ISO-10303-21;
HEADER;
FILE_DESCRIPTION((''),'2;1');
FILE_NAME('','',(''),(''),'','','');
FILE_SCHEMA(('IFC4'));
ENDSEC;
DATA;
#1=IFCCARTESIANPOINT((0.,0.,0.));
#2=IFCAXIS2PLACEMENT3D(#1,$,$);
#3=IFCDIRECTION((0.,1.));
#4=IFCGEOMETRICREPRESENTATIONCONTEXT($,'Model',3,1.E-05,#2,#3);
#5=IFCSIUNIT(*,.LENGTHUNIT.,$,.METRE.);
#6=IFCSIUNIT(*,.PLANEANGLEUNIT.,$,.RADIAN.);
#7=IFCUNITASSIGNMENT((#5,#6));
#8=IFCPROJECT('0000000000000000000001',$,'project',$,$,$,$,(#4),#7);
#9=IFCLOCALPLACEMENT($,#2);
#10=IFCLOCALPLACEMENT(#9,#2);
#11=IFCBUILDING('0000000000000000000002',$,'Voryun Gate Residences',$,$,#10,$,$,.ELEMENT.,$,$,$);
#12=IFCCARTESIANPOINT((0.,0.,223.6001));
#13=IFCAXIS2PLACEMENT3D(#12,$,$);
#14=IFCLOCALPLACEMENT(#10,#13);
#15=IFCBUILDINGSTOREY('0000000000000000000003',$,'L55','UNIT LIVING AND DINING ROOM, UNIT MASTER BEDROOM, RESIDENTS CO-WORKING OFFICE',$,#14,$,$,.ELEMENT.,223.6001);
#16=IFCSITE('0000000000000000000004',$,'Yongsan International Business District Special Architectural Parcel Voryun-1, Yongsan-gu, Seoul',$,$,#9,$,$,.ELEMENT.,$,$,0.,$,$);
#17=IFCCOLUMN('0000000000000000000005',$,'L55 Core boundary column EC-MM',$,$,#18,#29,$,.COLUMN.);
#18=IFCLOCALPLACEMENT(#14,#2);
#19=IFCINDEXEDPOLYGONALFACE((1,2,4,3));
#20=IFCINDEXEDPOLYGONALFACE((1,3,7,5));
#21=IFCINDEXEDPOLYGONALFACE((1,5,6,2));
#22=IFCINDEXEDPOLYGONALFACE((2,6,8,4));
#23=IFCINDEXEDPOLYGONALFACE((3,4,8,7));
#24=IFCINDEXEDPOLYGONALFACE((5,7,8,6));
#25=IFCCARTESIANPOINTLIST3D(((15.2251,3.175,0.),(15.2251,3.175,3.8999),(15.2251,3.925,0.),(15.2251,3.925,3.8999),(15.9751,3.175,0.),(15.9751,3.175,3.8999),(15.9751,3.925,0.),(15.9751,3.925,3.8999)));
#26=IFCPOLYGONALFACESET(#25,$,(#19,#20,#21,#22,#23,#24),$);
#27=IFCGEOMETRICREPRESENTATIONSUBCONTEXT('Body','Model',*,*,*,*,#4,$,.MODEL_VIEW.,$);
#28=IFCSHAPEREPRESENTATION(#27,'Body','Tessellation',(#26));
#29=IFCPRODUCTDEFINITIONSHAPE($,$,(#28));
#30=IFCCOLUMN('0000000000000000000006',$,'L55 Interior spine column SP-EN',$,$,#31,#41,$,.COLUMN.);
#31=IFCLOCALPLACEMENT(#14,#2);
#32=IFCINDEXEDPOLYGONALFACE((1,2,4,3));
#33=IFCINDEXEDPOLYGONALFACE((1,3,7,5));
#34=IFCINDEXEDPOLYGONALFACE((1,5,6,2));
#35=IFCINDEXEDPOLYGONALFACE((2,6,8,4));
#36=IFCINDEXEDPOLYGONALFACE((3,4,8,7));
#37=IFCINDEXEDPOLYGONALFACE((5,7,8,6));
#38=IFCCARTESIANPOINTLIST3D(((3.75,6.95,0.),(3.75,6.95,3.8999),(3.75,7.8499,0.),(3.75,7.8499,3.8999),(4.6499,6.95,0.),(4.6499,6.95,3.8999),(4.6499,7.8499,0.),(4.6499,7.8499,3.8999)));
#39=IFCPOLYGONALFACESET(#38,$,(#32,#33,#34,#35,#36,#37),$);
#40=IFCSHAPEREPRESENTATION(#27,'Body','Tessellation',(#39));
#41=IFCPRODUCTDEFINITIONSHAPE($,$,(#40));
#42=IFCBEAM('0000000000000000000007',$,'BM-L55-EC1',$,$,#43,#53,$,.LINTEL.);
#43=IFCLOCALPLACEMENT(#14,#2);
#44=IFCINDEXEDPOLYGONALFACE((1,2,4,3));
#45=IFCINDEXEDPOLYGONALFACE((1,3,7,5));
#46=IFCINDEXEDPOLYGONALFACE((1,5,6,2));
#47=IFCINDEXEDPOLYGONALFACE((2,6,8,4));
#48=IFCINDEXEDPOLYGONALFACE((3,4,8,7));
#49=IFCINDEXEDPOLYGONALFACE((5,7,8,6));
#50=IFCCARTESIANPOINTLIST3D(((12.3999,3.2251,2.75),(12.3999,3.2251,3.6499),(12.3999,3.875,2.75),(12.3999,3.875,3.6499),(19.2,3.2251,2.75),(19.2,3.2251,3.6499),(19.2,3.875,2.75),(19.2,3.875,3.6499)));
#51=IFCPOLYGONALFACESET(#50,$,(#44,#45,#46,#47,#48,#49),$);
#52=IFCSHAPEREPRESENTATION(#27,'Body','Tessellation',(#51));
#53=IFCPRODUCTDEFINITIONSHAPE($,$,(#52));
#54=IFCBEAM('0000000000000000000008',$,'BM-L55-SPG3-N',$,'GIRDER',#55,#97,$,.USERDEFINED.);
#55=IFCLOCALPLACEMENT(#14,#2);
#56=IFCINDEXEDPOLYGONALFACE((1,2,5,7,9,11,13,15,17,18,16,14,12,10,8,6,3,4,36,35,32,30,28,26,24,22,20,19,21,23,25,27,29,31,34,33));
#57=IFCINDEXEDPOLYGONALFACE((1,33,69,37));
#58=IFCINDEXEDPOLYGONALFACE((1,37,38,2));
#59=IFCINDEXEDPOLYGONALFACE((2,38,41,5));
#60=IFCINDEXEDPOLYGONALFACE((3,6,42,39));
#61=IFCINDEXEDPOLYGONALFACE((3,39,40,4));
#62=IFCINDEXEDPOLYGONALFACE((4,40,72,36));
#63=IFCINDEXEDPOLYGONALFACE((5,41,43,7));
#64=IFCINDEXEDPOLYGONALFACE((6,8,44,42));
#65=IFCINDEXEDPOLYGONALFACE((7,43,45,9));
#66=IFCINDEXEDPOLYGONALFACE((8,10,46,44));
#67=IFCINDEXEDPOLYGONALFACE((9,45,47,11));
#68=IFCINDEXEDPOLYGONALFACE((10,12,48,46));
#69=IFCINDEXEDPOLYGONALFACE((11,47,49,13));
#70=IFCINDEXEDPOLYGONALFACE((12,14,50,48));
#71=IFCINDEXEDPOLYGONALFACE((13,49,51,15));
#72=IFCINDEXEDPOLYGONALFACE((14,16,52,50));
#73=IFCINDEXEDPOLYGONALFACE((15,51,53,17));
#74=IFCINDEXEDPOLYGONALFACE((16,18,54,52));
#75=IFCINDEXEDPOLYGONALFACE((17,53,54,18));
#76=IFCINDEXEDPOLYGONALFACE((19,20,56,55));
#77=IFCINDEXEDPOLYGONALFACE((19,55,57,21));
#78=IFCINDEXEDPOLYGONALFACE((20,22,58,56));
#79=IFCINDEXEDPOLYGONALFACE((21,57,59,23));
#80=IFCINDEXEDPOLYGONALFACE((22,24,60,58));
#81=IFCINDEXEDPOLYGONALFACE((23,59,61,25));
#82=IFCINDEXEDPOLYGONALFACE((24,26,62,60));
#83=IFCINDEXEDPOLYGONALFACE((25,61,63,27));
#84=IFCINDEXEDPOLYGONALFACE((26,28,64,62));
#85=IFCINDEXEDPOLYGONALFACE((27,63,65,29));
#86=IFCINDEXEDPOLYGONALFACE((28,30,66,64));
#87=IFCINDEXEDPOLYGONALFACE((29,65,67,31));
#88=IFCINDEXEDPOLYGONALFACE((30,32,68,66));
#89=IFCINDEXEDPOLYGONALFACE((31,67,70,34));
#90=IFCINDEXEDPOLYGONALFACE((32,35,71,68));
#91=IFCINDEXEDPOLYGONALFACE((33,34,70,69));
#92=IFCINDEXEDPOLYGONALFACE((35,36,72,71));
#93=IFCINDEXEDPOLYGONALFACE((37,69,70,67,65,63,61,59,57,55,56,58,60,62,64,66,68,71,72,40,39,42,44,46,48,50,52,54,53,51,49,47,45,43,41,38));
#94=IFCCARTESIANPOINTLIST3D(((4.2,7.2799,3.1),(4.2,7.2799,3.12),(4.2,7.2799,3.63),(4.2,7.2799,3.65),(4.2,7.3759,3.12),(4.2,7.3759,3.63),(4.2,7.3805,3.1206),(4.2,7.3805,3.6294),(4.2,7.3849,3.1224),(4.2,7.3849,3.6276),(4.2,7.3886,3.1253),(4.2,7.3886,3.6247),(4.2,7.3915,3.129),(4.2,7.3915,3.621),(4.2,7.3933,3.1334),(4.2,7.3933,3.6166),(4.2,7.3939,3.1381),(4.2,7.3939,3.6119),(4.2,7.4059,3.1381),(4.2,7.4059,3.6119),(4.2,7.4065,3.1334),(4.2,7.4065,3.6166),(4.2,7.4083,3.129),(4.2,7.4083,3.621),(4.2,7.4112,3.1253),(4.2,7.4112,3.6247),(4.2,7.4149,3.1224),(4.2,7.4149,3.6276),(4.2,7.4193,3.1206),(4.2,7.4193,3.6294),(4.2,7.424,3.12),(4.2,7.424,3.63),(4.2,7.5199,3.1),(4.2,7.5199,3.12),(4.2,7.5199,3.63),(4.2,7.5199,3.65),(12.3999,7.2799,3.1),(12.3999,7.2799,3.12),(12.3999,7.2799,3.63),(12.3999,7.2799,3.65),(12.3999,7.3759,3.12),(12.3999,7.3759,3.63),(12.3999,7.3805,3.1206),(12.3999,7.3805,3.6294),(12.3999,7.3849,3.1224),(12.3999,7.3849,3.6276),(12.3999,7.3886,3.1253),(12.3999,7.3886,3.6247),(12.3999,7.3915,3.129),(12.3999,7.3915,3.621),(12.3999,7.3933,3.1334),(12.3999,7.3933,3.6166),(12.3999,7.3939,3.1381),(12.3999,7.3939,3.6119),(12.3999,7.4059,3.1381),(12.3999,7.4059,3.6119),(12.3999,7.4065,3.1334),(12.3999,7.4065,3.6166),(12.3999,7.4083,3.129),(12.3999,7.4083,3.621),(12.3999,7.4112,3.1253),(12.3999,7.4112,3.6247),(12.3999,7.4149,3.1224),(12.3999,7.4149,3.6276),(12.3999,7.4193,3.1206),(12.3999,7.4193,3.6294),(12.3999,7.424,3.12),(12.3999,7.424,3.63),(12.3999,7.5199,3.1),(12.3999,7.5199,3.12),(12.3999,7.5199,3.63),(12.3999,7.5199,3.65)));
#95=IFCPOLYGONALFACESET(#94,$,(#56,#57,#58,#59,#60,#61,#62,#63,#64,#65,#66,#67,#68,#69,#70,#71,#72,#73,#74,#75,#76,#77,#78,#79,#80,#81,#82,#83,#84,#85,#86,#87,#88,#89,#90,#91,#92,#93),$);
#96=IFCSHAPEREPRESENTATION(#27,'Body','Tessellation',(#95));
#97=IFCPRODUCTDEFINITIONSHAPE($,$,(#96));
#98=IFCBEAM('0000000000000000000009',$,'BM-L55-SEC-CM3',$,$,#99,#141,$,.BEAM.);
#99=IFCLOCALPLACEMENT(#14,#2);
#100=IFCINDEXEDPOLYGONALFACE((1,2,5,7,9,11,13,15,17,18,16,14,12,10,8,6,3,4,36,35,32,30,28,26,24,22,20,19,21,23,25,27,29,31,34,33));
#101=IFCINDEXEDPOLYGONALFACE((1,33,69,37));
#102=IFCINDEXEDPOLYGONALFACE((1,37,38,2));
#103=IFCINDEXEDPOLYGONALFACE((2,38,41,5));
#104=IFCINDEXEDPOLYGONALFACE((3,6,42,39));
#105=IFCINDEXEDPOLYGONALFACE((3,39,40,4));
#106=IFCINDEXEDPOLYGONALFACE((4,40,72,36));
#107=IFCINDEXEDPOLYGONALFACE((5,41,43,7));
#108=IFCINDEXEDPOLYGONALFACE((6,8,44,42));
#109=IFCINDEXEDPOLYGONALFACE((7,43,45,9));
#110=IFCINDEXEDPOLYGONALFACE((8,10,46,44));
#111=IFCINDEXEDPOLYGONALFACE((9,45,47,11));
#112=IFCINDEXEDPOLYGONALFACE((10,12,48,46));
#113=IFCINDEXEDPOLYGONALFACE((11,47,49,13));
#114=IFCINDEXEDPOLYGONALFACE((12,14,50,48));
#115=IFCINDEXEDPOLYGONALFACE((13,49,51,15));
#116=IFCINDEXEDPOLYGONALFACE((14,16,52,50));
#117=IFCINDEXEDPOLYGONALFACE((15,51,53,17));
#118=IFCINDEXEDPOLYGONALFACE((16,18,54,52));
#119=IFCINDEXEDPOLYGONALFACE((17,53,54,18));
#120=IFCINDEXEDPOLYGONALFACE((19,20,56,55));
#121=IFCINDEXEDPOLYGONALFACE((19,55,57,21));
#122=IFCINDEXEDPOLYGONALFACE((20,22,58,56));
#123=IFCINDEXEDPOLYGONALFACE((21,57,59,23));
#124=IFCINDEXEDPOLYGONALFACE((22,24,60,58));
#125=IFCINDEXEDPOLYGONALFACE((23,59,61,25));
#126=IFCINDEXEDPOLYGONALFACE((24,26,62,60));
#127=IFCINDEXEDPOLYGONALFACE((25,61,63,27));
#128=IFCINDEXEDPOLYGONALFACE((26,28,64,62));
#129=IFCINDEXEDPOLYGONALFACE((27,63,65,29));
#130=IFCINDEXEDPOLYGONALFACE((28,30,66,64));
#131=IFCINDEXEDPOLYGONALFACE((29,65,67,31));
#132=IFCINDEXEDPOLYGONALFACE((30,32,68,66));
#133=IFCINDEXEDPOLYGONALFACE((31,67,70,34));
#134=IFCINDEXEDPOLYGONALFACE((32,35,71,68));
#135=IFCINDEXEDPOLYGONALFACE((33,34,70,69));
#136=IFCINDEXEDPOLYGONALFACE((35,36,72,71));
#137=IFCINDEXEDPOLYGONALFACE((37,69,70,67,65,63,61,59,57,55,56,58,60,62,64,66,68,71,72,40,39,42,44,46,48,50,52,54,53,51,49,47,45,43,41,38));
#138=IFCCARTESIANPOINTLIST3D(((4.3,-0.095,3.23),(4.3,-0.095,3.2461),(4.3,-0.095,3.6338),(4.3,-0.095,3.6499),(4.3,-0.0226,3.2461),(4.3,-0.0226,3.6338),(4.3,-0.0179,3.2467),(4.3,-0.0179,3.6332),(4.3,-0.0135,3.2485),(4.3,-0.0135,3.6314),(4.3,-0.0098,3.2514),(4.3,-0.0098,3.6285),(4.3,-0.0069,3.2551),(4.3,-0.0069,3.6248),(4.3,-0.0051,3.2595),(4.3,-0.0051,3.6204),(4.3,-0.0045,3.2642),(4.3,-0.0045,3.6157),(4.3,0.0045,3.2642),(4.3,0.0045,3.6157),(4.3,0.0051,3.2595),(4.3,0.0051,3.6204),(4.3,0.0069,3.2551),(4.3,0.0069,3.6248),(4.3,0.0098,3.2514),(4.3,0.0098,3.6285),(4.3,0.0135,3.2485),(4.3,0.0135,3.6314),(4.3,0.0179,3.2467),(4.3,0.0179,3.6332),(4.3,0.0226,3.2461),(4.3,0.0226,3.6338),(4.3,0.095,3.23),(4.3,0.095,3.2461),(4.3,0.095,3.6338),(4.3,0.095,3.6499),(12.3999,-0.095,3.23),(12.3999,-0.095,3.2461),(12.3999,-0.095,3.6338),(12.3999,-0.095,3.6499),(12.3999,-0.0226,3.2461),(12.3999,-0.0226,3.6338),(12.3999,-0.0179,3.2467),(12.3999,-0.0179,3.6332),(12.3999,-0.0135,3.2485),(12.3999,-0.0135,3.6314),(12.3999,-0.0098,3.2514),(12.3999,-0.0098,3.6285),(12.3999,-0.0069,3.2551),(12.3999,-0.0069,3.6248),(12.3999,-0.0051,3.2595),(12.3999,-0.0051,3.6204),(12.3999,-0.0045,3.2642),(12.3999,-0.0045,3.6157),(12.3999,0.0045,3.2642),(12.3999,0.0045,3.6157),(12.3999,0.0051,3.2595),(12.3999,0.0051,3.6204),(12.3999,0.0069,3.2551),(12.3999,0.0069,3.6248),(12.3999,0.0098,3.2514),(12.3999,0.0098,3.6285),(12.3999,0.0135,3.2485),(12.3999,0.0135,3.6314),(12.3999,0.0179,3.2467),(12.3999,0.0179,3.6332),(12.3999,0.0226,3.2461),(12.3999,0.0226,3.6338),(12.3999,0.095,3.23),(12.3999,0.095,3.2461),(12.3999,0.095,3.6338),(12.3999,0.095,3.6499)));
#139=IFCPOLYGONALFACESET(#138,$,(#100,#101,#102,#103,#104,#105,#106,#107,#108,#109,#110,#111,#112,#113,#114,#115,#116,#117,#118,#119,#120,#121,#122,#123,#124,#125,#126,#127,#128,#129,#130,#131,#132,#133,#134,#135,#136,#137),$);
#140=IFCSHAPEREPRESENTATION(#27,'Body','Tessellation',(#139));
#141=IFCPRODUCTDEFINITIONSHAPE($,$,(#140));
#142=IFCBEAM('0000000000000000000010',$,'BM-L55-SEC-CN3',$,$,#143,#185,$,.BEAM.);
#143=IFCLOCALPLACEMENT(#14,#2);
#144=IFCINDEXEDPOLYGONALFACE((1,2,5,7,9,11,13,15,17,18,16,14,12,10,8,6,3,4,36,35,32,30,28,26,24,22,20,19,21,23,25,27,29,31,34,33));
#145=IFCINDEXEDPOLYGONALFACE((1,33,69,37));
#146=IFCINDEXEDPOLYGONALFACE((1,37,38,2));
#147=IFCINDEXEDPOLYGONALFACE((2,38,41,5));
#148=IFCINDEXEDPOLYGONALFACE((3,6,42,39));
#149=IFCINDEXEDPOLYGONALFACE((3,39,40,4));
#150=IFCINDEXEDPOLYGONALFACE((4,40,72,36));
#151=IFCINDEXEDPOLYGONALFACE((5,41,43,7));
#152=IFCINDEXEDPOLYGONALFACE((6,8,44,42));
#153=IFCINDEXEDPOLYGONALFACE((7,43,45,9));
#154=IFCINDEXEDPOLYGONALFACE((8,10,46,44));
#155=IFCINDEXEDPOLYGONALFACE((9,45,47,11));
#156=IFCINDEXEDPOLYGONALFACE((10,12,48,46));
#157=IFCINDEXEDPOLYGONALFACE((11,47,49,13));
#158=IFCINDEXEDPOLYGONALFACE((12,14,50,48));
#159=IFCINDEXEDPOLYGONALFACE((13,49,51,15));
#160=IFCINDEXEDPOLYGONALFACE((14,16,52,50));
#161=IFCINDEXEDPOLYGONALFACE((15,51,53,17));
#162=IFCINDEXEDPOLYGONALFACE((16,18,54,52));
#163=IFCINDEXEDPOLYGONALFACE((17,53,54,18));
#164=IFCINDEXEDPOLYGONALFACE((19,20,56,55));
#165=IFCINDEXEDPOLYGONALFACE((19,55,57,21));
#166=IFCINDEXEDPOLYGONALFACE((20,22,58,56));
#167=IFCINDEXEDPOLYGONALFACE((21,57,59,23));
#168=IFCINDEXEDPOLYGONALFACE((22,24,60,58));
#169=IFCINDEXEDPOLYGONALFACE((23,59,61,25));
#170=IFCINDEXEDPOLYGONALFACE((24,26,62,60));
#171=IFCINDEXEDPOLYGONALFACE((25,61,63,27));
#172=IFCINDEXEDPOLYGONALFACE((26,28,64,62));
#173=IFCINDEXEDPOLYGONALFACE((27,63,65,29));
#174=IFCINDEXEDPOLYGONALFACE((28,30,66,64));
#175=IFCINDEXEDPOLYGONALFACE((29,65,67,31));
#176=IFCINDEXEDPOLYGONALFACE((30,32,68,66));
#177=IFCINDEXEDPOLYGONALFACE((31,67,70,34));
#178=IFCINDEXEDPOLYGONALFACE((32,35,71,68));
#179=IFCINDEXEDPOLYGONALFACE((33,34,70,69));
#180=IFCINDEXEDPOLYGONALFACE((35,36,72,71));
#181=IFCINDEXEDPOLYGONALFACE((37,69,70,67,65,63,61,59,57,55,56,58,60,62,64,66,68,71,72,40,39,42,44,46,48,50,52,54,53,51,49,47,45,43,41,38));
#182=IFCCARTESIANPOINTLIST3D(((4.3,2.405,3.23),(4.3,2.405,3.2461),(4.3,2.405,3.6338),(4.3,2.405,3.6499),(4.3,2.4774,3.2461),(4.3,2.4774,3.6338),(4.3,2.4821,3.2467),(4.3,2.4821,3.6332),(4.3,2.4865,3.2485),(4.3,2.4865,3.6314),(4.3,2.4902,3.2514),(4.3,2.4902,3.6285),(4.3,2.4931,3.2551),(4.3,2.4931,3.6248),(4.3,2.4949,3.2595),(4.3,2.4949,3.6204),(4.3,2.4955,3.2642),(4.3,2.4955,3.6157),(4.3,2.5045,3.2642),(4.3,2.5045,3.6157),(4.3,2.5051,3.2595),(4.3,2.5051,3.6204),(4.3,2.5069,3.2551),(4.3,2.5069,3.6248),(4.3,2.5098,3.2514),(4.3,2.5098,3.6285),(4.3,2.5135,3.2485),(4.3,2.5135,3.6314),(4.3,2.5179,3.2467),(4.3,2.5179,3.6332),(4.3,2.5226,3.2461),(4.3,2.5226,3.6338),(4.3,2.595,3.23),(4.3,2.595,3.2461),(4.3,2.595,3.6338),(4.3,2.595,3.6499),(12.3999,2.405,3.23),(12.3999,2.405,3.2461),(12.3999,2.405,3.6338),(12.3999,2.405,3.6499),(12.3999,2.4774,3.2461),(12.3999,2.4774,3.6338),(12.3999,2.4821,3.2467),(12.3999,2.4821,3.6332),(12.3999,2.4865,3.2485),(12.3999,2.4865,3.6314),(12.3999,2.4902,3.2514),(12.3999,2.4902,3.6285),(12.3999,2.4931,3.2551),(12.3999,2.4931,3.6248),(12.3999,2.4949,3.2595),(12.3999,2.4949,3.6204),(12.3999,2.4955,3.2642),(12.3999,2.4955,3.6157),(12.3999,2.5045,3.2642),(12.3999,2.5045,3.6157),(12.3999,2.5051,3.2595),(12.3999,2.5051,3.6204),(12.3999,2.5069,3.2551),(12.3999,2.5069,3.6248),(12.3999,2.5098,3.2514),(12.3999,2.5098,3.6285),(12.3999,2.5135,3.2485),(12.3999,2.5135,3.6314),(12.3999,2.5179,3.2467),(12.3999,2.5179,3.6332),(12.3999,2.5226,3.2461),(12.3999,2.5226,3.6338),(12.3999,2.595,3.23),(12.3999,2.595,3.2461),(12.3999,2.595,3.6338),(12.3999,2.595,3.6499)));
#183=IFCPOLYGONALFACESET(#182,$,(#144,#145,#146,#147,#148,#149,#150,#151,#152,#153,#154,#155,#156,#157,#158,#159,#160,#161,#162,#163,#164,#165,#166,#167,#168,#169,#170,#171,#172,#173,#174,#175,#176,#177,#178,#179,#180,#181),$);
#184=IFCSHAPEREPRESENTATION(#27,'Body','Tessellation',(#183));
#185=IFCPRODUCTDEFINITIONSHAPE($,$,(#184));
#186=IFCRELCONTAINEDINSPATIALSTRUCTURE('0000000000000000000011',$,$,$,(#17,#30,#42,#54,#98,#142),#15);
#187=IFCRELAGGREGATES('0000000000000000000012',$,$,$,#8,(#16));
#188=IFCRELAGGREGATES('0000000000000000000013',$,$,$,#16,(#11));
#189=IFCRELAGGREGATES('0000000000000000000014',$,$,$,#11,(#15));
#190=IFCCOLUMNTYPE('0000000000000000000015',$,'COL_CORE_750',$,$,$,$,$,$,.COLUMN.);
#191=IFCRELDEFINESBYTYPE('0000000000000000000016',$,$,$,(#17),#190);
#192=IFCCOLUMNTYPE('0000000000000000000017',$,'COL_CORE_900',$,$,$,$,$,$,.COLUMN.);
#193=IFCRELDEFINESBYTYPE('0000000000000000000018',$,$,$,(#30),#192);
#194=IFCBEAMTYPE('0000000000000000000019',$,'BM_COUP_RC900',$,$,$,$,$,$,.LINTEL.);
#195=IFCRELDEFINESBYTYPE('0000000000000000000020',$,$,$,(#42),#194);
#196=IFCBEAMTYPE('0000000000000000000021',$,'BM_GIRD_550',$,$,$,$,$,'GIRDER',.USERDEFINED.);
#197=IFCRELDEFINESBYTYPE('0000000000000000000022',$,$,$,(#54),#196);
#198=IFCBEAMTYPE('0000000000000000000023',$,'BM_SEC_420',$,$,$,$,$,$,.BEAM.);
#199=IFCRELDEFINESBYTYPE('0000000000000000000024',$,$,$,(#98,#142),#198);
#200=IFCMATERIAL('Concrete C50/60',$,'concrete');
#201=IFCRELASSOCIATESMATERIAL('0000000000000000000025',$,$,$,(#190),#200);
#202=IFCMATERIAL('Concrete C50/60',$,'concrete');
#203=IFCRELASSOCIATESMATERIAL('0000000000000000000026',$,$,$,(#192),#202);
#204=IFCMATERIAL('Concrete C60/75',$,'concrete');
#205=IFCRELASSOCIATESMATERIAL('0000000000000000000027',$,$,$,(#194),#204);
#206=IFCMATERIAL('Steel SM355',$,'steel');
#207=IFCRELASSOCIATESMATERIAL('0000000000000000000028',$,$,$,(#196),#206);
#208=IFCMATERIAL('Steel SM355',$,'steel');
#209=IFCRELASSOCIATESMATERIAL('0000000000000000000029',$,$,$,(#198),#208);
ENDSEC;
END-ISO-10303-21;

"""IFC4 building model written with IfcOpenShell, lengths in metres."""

from ifc_helpers import new_model, si_unit, direction, frame, origin, origin_2d, place, context, subcontext, project, spatial, rectangle, i_section, extrude, material, material_profile, profile_set, type_object, element, save


model = new_model("IFC4")

# Units and contexts
model_context = context("Model", 3, precision=1e-05, world=origin(), true_north=direction((0.0, 1.0)))
body_context = subcontext(model_context, "Body", "Model", "MODEL_VIEW")
ifc_project = project(units=[si_unit("LENGTHUNIT", "METRE"), si_unit("PLANEANGLEUNIT", "RADIAN")], contexts=[model_context])

# Site, building, storey
site_placement = place(None, origin())
site = spatial("IfcSite", under=ifc_project, at=site_placement, Name="Yongsan International Business District Special Architectural Parcel Voryun-1, Yongsan-gu, Seoul", CompositionType="ELEMENT", RefElevation=0.0)
building_placement = place(site_placement, origin())
building = spatial("IfcBuilding", under=site, at=building_placement, Name="Voryun Gate Residences", CompositionType="ELEMENT")
storey_placement = place(building_placement, frame((0.0, 0.0, 223.6001)))
storey = spatial("IfcBuildingStorey", under=building, at=storey_placement, Name="L55", Description="UNIT LIVING AND DINING ROOM, UNIT MASTER BEDROOM, RESIDENTS CO-WORKING OFFICE", CompositionType="ELEMENT", Elevation=223.6001)

# Columns
ifc_material_1 = material(Name="Concrete C50/60", Category="concrete")
ifc_material_profile_1 = material_profile(ifc_material_1, rectangle(XDim=0.75, YDim=0.75, at=origin_2d()), Name="RC-750x750")
ifc_profile_set_1 = profile_set([ifc_material_profile_1], Name="Concrete C50/60")
column_type_1 = type_object("IfcColumnType", Name="COL_CORE_750", PredefinedType="COLUMN", material=ifc_profile_set_1)
column_1_placement = place(storey_placement, frame((15.6001, 3.55, 0.0), z_axis=(0.0, 0.0, 1.0), x_axis=(1.0, 0.0, 0.0)))
element("IfcColumn", 1, at=column_1_placement, inside=storey, type_object=column_type_1, Name="L55 Core boundary column EC-MM", PredefinedType="COLUMN", context=body_context, shape_type="SweptSolid", body=[
    extrude(rectangle(XDim=0.75, YDim=0.75, at=origin_2d()), origin(), (0.0, 0.0, 1.0), 3.8999),
])
ifc_material_2 = material(Name="Concrete C50/60", Category="concrete")
ifc_material_profile_2 = material_profile(ifc_material_2, rectangle(XDim=0.8999, YDim=0.8999, at=origin_2d()), Name="RC-900x900")
ifc_profile_set_2 = profile_set([ifc_material_profile_2], Name="Concrete C50/60")
column_type_2 = type_object("IfcColumnType", Name="COL_CORE_900", PredefinedType="COLUMN", material=ifc_profile_set_2)
column_2_placement = place(storey_placement, frame((4.2, 7.3999, 0.0), z_axis=(0.0, 0.0, 1.0), x_axis=(1.0, 0.0, 0.0)))
element("IfcColumn", 2, at=column_2_placement, inside=storey, type_object=column_type_2, Name="L55 Interior spine column SP-EN", PredefinedType="COLUMN", context=body_context, shape_type="SweptSolid", body=[
    extrude(rectangle(XDim=0.8999, YDim=0.8999, at=origin_2d()), origin(), (0.0, 0.0, 1.0), 3.8999),
])

# Beams
ifc_material_3 = material(Name="Concrete C60/75", Category="concrete")
ifc_material_profile_3 = material_profile(ifc_material_3, rectangle(XDim=0.6499, YDim=0.8999, at=origin_2d()), Name="RC-650x900")
ifc_profile_set_3 = profile_set([ifc_material_profile_3], Name="Concrete C60/75")
beam_type_1 = type_object("IfcBeamType", Name="BM_COUP_RC900", PredefinedType="LINTEL", material=ifc_profile_set_3)
beam_1_placement = place(storey_placement, frame((12.3999, 3.55, 3.2), z_axis=(1.0, 0.0, 0.0), x_axis=(0.0, 1.0, 0.0)))
element("IfcBeam", 3, at=beam_1_placement, inside=storey, type_object=beam_type_1, Name="BM-L55-EC1", PredefinedType="LINTEL", context=body_context, shape_type="SweptSolid", body=[
    extrude(rectangle(XDim=0.6499, YDim=0.8999, at=origin_2d()), origin(), (0.0, 0.0, 1.0), 6.8),
])
ifc_material_4 = material(Name="Steel SM355", Category="steel")
ifc_material_profile_4 = material_profile(ifc_material_4, i_section(OverallWidth=0.24, OverallDepth=0.55, WebThickness=0.012, FlangeThickness=0.02, FilletRadius=0.0181, at=origin_2d()), Name="H-550x240x12x20")
ifc_profile_set_4 = profile_set([ifc_material_profile_4], Name="Steel SM355")
beam_type_2 = type_object("IfcBeamType", Name="BM_GIRD_550", ElementType="GIRDER", PredefinedType="USERDEFINED", material=ifc_profile_set_4)
beam_2_placement = place(storey_placement, frame((4.2, 7.3999, 3.375), z_axis=(1.0, 0.0, 0.0), x_axis=(0.0, 1.0, 0.0)))
element("IfcBeam", 4, at=beam_2_placement, inside=storey, type_object=beam_type_2, Name="BM-L55-SPG3-N", ObjectType="GIRDER", PredefinedType="USERDEFINED", context=body_context, shape_type="SweptSolid", body=[
    extrude(i_section(OverallWidth=0.24, OverallDepth=0.55, WebThickness=0.012, FlangeThickness=0.02, FilletRadius=0.0181, at=origin_2d()), origin(), (0.0, 0.0, 1.0), 8.2),
])
ifc_material_5 = material(Name="Steel SM355", Category="steel")
ifc_material_profile_5 = material_profile(ifc_material_5, i_section(OverallWidth=0.1899, OverallDepth=0.4199, WebThickness=0.009, FlangeThickness=0.0161, FilletRadius=0.0181, at=origin_2d()), Name="H-420x190x9x16")
ifc_profile_set_5 = profile_set([ifc_material_profile_5], Name="Steel SM355")
beam_type_3 = type_object("IfcBeamType", Name="BM_SEC_420", PredefinedType="BEAM", material=ifc_profile_set_5)
for number, where, z_axis, x_axis, name in (
    (5, (4.3, 0.0, 3.4399), (1.0, 0.0, 0.0), (0.0, 1.0, 0.0), "BM-L55-SEC-CM3"),
    (6, (4.3, 2.5, 3.4399), (1.0, 0.0, 0.0), (0.0, 1.0, 0.0), "BM-L55-SEC-CN3"),
):
    element("IfcBeam", number, at=place(storey_placement, frame(where, z_axis=z_axis, x_axis=x_axis)), inside=storey, type_object=beam_type_3, Name=name, PredefinedType="BEAM", context=body_context, shape_type="SweptSolid", body=[
        extrude(i_section(OverallWidth=0.1899, OverallDepth=0.4199, WebThickness=0.009, FlangeThickness=0.0161, FilletRadius=0.0181, at=origin_2d()), origin(), (0.0, 0.0, 1.0), 8.0999),
    ])

save(model, "model.ifc")
